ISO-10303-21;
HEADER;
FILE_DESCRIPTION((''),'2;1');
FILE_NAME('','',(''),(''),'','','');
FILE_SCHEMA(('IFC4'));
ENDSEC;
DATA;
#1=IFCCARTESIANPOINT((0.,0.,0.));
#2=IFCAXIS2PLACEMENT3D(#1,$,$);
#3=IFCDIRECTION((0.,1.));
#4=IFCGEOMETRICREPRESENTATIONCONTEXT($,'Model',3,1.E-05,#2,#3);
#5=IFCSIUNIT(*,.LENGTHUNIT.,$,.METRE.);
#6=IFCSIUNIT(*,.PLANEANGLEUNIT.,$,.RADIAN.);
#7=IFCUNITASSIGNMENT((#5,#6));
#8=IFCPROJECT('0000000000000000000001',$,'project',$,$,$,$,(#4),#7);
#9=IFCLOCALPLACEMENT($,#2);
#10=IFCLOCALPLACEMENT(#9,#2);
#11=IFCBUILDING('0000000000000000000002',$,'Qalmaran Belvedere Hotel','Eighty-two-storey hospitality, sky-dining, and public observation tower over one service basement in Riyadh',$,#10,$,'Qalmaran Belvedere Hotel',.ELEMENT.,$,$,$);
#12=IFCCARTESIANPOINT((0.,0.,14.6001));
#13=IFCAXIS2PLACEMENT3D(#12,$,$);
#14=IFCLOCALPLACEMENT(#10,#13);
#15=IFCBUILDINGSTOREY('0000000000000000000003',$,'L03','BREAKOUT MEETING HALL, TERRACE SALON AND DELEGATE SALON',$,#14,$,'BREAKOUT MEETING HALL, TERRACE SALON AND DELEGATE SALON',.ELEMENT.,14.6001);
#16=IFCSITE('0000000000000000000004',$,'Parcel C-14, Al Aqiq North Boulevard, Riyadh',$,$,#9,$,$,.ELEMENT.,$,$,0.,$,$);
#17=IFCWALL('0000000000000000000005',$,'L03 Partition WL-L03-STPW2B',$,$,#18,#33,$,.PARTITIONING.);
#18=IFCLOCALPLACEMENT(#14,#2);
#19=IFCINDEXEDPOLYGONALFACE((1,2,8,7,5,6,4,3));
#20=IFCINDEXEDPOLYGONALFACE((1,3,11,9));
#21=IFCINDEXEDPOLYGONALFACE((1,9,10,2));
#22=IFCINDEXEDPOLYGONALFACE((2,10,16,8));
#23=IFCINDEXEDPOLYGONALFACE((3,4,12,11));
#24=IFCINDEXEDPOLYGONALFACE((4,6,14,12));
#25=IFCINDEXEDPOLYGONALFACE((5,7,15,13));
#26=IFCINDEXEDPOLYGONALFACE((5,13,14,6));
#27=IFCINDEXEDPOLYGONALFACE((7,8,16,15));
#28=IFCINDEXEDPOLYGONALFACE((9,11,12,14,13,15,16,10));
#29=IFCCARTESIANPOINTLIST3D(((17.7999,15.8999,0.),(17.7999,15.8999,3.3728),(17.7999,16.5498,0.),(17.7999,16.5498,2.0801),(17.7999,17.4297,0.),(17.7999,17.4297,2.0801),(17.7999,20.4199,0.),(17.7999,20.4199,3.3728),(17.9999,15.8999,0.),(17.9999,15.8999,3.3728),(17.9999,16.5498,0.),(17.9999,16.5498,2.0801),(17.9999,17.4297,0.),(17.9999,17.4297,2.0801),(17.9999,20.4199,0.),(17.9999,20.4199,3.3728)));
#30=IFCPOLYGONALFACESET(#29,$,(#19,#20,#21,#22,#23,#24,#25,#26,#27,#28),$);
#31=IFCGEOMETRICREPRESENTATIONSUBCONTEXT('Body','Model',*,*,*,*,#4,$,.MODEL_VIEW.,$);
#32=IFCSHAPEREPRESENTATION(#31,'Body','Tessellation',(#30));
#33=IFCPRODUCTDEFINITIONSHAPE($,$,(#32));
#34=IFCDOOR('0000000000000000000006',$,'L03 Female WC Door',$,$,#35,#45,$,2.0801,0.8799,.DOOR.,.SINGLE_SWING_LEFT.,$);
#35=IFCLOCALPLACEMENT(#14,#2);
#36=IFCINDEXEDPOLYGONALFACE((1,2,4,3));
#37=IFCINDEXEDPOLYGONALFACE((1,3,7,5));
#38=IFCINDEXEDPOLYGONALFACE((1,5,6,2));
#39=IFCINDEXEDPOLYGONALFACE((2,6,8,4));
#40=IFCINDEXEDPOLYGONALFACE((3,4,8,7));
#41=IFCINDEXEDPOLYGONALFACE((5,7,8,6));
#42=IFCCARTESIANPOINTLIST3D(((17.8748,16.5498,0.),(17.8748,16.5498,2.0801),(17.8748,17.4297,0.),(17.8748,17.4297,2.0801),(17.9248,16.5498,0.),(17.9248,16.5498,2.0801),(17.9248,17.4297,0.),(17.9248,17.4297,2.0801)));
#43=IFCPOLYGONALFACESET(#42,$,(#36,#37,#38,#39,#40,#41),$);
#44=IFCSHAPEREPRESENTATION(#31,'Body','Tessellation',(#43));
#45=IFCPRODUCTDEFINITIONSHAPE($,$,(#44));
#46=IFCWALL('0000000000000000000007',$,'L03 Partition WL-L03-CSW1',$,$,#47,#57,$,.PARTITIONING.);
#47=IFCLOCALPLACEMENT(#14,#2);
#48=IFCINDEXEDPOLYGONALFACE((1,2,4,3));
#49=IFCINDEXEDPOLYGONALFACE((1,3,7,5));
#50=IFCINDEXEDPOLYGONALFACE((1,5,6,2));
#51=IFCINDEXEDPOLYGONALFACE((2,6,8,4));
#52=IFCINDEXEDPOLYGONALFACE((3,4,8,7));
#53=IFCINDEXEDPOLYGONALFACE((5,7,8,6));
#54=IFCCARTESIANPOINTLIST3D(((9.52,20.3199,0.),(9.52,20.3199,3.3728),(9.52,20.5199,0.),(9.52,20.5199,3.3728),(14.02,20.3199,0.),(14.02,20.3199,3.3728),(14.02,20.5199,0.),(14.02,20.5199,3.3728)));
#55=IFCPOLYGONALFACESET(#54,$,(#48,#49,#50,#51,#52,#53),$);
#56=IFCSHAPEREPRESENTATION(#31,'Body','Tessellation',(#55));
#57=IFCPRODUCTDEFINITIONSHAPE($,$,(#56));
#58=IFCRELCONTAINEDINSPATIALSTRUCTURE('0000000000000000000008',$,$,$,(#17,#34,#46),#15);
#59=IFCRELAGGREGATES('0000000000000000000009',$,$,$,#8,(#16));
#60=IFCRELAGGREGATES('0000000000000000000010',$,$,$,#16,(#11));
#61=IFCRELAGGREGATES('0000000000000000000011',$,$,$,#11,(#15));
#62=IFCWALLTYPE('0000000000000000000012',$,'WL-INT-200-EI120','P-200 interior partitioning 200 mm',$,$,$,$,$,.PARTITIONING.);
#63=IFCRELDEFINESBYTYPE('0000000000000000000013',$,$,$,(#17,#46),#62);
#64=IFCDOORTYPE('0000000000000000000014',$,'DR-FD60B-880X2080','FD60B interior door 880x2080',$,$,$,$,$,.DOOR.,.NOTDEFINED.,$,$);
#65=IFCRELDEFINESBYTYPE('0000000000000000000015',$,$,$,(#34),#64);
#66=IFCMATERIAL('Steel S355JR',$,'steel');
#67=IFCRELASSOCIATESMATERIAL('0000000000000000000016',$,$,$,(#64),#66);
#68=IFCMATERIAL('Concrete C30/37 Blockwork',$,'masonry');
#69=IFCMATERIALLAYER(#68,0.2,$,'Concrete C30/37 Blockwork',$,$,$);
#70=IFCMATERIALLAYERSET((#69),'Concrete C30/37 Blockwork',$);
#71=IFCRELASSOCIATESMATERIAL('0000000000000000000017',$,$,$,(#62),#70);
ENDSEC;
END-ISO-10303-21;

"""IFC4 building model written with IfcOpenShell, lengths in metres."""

from ifc_helpers import new_model, si_unit, direction, frame, frame_2d, origin, place, context, subcontext, project, spatial, rectangle, extrude, material, layer, layer_set, type_object, element, fill, save


model = new_model("IFC4")

# Units and contexts
model_context = context("Model", 3, precision=1e-05, world=origin(), true_north=direction((0.0, 1.0)))
body_context = subcontext(model_context, "Body", "Model", "MODEL_VIEW")
ifc_project = project(units=[si_unit("LENGTHUNIT", "METRE"), si_unit("PLANEANGLEUNIT", "RADIAN")], contexts=[model_context])

# Site, building, storey
site_placement = place(None, origin())
site = spatial("IfcSite", under=ifc_project, at=site_placement, Name="Parcel C-14, Al Aqiq North Boulevard, Riyadh", CompositionType="ELEMENT", RefElevation=0.0)
building_placement = place(site_placement, origin())
building = spatial("IfcBuilding", under=site, at=building_placement, Name="Qalmaran Belvedere Hotel", Description="Eighty-two-storey hospitality, sky-dining, and public observation tower over one service basement in Riyadh", LongName="Qalmaran Belvedere Hotel", CompositionType="ELEMENT")
storey_placement = place(building_placement, frame((0.0, 0.0, 14.6001)))
storey = spatial("IfcBuildingStorey", under=building, at=storey_placement, Name="L03", Description="BREAKOUT MEETING HALL, TERRACE SALON AND DELEGATE SALON", LongName="BREAKOUT MEETING HALL, TERRACE SALON AND DELEGATE SALON", CompositionType="ELEMENT", Elevation=14.6001)

# Shared definitions
ifc_material_1 = material(Name="Steel S355JR", Category="steel")

# Shared definitions
door_type_1 = type_object("IfcDoorType", Name="DR-FD60B-880X2080", Description="FD60B interior door 880x2080", OperationType="NOTDEFINED", PredefinedType="DOOR", material=ifc_material_1)

# Wall, opening, door
ifc_material_2 = material(Name="Concrete C30/37 Blockwork", Category="masonry")
ifc_layer_1 = layer(ifc_material_2, 0.2, Name="Concrete C30/37 Blockwork")
ifc_layer_set_1 = layer_set([ifc_layer_1], Name="Concrete C30/37 Blockwork")
wall_type_1 = type_object("IfcWallType", Name="WL-INT-200-EI120", Description="P-200 interior partitioning 200 mm", PredefinedType="PARTITIONING", material=ifc_layer_set_1)
wall_1_placement = place(storey_placement, frame((17.8999, 15.8999, 0.0), z_axis=(0.0, 0.0, 1.0), x_axis=(0.0, 1.0, 0.0)))
wall_1 = element("IfcWall", 1, at=wall_1_placement, inside=storey, type_object=wall_type_1, Name="L03 Partition WL-L03-STPW2B", PredefinedType="PARTITIONING", context=body_context, shape_type="SweptSolid", body=[
    extrude(rectangle(XDim=4.52, YDim=0.2, at=frame_2d((2.26, 0.0))), origin(), (0.0, 0.0, 1.0), 3.3728),
])
opening_1_placement = place(wall_1_placement, frame((1.5298, 0.0, 0.0), z_axis=(0.0, 0.0, 1.0), x_axis=(-1.0, 0.0, 0.0)))
opening_1 = element("IfcOpeningElement", 2, at=opening_1_placement, cuts=wall_1, PredefinedType="OPENING", context=body_context, shape_type="SweptSolid", body=[
    extrude(rectangle(XDim=0.8799, YDim=2.0801, at=frame_2d((0.4399, 1.04))), frame((0.0, 0.1099, 0.0), z_axis=(0.0, -1.0, 0.0), x_axis=(1.0, 0.0, 0.0)), (0.0, 0.0, 1.0), 0.22),
])
door_1_placement = place(opening_1_placement, origin())
door_1 = element("IfcDoor", 3, at=door_1_placement, inside=storey, type_object=door_type_1, Name="L03 Female WC Door", OperationType="SINGLE_SWING_LEFT", OverallHeight=2.0801, OverallWidth=0.8799, PredefinedType="DOOR", context=body_context, shape_type="SweptSolid", body=[
    extrude(rectangle(XDim=0.8799, YDim=2.0801, at=frame_2d((0.4399, 1.04))), frame((0.0, 0.0249, 0.0), z_axis=(0.0, -1.0, 0.0), x_axis=(1.0, 0.0, 0.0)), (0.0, 0.0, 1.0), 0.05),
])
fill(opening_1, door_1)

# Wall
wall_2_placement = place(storey_placement, frame((9.52, 20.4199, 0.0), z_axis=(0.0, 0.0, 1.0), x_axis=(1.0, 0.0, 0.0)))
element("IfcWall", 4, at=wall_2_placement, inside=storey, type_object=wall_type_1, Name="L03 Partition WL-L03-CSW1", PredefinedType="PARTITIONING", context=body_context, shape_type="SweptSolid", body=[
    extrude(rectangle(XDim=4.5, YDim=0.2, at=frame_2d((2.25, 0.0))), origin(), (0.0, 0.0, 1.0), 3.3728),
])

save(model, "model.ifc")
